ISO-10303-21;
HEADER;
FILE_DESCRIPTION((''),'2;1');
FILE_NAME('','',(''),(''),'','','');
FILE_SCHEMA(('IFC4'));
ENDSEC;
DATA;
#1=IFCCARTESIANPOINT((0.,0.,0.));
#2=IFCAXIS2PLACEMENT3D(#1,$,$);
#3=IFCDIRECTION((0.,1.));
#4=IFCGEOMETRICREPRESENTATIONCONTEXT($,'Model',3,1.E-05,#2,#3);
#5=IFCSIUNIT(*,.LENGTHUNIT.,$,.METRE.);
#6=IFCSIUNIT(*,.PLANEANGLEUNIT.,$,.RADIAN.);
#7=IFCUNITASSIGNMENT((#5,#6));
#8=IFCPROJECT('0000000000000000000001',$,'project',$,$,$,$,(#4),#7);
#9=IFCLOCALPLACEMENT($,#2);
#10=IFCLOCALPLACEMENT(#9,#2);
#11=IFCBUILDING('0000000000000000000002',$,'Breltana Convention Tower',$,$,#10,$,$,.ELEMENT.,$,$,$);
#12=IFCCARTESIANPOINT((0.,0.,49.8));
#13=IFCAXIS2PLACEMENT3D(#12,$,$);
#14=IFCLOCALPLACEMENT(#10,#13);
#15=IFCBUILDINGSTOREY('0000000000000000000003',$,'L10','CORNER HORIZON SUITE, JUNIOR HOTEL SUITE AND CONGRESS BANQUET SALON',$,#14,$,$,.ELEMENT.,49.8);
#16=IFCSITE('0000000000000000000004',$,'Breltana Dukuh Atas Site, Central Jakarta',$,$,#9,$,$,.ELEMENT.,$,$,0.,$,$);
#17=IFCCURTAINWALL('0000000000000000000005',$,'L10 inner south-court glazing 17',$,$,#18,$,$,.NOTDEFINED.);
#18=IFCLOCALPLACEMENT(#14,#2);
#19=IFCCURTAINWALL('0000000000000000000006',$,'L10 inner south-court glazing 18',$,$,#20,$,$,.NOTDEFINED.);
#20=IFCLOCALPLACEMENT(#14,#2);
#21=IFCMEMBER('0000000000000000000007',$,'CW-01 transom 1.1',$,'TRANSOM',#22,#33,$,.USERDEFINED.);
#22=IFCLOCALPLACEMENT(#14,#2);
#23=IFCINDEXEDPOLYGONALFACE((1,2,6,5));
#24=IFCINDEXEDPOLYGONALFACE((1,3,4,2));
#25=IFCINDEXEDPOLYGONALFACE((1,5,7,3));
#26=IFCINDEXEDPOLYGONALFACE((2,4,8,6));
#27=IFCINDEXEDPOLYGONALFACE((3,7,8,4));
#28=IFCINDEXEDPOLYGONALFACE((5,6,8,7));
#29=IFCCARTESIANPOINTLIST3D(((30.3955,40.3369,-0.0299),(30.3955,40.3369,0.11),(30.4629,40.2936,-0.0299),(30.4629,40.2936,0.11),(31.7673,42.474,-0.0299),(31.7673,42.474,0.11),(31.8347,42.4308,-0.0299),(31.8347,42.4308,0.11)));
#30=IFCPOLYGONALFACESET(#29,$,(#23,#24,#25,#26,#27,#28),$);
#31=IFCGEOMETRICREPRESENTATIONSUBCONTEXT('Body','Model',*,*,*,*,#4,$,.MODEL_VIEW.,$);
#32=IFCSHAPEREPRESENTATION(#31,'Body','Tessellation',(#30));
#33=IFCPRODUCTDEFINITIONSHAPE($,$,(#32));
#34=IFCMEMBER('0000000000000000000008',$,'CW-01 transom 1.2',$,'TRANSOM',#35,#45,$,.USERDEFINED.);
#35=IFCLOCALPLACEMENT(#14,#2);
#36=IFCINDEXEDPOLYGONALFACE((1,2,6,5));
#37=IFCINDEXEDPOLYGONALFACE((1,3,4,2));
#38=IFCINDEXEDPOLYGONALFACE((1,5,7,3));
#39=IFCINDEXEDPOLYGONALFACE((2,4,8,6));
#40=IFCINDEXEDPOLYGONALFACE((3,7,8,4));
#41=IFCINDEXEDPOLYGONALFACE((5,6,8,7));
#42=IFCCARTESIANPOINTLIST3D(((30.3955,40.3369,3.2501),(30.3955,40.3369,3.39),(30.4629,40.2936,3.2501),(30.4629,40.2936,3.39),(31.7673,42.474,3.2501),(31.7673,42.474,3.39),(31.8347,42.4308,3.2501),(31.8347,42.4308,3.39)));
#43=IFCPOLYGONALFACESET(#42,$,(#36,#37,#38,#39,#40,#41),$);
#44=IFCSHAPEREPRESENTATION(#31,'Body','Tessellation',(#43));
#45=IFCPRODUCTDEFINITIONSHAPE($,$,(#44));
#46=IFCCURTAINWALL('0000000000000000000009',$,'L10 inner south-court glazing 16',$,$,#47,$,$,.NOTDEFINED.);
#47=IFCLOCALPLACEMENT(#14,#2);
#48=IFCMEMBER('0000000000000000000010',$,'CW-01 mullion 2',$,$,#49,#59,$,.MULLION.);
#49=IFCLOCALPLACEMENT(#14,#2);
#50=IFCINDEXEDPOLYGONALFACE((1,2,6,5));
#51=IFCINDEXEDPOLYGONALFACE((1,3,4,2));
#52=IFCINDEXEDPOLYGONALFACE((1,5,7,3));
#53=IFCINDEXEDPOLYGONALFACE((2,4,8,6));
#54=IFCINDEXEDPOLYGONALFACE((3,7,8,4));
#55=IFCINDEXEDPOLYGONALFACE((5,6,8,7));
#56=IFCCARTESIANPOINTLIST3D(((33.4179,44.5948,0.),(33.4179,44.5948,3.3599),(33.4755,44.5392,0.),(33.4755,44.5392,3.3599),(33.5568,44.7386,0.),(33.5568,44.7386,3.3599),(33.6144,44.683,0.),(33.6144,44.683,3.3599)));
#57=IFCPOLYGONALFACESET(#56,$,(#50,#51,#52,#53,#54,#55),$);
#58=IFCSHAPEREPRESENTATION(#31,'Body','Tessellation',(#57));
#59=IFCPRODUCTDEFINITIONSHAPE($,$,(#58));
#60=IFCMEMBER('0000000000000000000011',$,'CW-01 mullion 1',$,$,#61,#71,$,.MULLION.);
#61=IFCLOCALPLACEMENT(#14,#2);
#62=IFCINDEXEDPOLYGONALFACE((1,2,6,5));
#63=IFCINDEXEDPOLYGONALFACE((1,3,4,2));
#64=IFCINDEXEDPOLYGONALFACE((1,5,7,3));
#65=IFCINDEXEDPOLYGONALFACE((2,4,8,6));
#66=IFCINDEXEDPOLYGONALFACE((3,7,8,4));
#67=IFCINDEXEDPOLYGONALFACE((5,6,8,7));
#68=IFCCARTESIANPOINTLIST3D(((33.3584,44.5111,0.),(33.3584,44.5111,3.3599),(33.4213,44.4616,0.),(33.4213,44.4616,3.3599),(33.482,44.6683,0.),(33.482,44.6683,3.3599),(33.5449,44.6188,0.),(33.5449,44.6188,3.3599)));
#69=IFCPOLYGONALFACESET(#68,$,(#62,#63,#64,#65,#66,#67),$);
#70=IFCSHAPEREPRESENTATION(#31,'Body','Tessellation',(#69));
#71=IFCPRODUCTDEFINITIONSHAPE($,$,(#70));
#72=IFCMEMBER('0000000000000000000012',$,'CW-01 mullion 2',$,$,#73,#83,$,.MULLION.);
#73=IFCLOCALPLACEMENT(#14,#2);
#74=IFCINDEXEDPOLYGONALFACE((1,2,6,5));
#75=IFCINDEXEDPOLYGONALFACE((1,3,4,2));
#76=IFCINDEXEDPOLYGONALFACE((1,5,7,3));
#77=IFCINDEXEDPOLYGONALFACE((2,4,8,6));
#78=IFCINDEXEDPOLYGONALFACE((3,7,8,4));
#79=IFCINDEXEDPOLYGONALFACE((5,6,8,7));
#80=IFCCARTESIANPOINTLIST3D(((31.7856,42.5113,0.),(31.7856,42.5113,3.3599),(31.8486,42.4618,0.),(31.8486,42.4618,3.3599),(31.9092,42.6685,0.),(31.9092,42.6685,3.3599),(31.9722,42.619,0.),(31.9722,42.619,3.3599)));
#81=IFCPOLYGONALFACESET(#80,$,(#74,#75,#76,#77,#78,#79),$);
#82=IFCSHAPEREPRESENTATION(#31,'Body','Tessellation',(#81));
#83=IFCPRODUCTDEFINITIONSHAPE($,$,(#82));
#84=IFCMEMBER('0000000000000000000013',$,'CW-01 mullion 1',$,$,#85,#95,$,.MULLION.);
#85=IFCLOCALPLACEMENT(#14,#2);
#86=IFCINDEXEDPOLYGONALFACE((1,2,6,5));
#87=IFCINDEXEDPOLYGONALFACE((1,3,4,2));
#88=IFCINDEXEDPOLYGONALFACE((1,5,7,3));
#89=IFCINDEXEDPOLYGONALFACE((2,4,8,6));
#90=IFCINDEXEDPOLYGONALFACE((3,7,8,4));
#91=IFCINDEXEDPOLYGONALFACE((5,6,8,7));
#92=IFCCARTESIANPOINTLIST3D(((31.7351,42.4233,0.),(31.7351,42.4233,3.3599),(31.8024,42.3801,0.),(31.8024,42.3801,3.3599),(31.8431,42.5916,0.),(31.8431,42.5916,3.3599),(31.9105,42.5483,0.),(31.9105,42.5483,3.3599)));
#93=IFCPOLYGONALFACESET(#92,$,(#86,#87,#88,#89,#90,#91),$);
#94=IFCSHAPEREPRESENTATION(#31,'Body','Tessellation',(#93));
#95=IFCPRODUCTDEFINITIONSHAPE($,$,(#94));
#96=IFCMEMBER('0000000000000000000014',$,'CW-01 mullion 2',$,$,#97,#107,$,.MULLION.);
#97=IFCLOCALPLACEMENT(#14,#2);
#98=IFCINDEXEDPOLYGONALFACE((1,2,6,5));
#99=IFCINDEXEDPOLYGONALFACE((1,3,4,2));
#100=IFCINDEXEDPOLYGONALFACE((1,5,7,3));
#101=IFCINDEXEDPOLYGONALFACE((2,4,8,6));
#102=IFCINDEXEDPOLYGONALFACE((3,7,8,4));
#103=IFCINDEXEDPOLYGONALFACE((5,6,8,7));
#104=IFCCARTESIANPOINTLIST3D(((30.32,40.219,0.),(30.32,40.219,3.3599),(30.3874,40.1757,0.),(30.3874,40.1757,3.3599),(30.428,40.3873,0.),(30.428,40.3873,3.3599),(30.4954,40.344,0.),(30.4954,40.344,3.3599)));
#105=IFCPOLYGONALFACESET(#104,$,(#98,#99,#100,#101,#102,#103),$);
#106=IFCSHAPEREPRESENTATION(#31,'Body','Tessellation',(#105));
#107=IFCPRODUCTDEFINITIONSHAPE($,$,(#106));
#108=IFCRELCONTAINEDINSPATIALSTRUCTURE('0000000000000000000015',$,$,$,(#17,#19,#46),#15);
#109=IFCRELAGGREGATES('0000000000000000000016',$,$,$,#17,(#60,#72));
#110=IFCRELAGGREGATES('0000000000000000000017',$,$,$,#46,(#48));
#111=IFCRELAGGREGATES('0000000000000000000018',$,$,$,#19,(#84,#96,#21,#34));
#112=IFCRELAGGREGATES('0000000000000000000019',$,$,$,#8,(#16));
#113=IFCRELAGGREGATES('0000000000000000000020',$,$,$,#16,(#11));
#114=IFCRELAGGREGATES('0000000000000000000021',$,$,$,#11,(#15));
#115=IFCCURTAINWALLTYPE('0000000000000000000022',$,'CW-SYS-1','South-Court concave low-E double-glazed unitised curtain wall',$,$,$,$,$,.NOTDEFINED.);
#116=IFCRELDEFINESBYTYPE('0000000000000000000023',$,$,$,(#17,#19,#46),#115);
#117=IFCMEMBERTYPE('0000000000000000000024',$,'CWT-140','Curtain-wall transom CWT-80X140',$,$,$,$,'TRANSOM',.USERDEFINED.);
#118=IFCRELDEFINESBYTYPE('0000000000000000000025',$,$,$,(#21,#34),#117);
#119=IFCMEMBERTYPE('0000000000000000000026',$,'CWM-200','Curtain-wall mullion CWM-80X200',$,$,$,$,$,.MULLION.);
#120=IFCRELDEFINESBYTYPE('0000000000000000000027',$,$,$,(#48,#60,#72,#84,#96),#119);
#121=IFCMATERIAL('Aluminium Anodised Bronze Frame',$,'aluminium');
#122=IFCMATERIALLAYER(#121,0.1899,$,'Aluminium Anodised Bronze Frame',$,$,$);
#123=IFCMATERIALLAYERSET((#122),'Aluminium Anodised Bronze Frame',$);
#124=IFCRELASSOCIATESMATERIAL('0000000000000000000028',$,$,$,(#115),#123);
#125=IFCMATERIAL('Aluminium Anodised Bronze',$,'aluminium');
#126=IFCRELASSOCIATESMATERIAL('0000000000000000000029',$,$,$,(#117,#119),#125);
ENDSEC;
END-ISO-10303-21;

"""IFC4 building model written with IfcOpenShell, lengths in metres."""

from ifc_helpers import new_model, si_unit, direction, frame, origin, origin_2d, place, context, subcontext, project, spatial, rectangle, extrude, source, transform, mapped, material, layer, layer_set, material_profile, profile_set, type_object, element, aggregate, save


model = new_model("IFC4")

# Units and contexts
model_context = context("Model", 3, precision=1e-05, world=origin(), true_north=direction((0.0, 1.0)))
body_context = subcontext(model_context, "Body", "Model", "MODEL_VIEW")
ifc_project = project(units=[si_unit("LENGTHUNIT", "METRE"), si_unit("PLANEANGLEUNIT", "RADIAN")], contexts=[model_context])

# Site, building, storey
site_placement = place(None, origin())
site = spatial("IfcSite", under=ifc_project, at=site_placement, Name="Breltana Dukuh Atas Site, Central Jakarta", CompositionType="ELEMENT", RefElevation=0.0)
building_placement = place(site_placement, origin())
building = spatial("IfcBuilding", under=site, at=building_placement, Name="Breltana Convention Tower", CompositionType="ELEMENT")
storey_placement = place(building_placement, frame((0.0, 0.0, 49.8)))
storey = spatial("IfcBuildingStorey", under=building, at=storey_placement, Name="L10", Description="CORNER HORIZON SUITE, JUNIOR HOTEL SUITE AND CONGRESS BANQUET SALON", CompositionType="ELEMENT", Elevation=49.8)

# Curtain walls, members
ifc_material_1 = material(Name="Aluminium Anodised Bronze Frame", Category="aluminium")
ifc_layer_1 = layer(ifc_material_1, 0.1899, Name="Aluminium Anodised Bronze Frame")
ifc_layer_set_1 = layer_set([ifc_layer_1], Name="Aluminium Anodised Bronze Frame")
curtain_wall_type = type_object("IfcCurtainWallType", Name="CW-SYS-1", Description="South-Court concave low-E double-glazed unitised curtain wall", PredefinedType="NOTDEFINED", material=ifc_layer_set_1)
curtain_wall_1_placement = place(storey_placement, origin())
curtain_wall_1 = element("IfcCurtainWall", 1, at=curtain_wall_1_placement, inside=storey, type_object=curtain_wall_type, Name="L10 inner south-court glazing 17", PredefinedType="NOTDEFINED")
ifc_material_2 = material(Name="Aluminium Anodised Bronze", Category="aluminium")
ifc_material_profile_1 = material_profile(ifc_material_2, rectangle(XDim=0.0801, YDim=0.1399, at=origin_2d()), Name="CWT-80X140")
ifc_profile_set_1 = profile_set([ifc_material_profile_1], Name="Aluminium Anodised Bronze")
member_type_1 = type_object("IfcMemberType", Name="CWT-140", Description="Curtain-wall transom CWT-80X140", ElementType="TRANSOM", PredefinedType="USERDEFINED", material=ifc_profile_set_1)
curtain_wall_2_placement = place(storey_placement, origin())
curtain_wall_2 = element("IfcCurtainWall", 2, at=curtain_wall_2_placement, inside=storey, type_object=curtain_wall_type, Name="L10 inner south-court glazing 18", PredefinedType="NOTDEFINED")
shared_shape_1 = source(origin(), body_context, "Body", "SweptSolid", [
    extrude(rectangle(XDim=0.0801, YDim=0.1399, at=origin_2d()), origin(), (0.0, 0.0, 1.0), 2.5396),
])
member_1_placement = place(storey_placement, frame((31.801, 42.4524, 0.04), z_axis=(-0.540174, -0.841553, 0.0), x_axis=(0.841553, -0.540174, 0.0)))
member_1 = element("IfcMember", 3, at=member_1_placement, type_object=member_type_1, Name="CW-01 transom 1.1", ObjectType="TRANSOM", PredefinedType="USERDEFINED", context=body_context, shape_type="MappedRepresentation", body=[
    mapped(shared_shape_1, transform((0.0, 0.0, 0.0), scale=1.0)),
])
member_2_placement = place(storey_placement, frame((31.801, 42.4524, 3.3201), z_axis=(-0.540174, -0.841553, 0.0), x_axis=(0.841553, -0.540174, 0.0)))
member_2 = element("IfcMember", 4, at=member_2_placement, type_object=member_type_1, Name="CW-01 transom 1.2", ObjectType="TRANSOM", PredefinedType="USERDEFINED", context=body_context, shape_type="MappedRepresentation", body=[
    mapped(shared_shape_1, transform((0.0, 0.0, 0.0), scale=1.0)),
])

# Curtain wall, member
curtain_wall_3_placement = place(storey_placement, origin())
curtain_wall_3 = element("IfcCurtainWall", 5, at=curtain_wall_3_placement, inside=storey, type_object=curtain_wall_type, Name="L10 inner south-court glazing 16", PredefinedType="NOTDEFINED")
ifc_material_profile_2 = material_profile(ifc_material_2, rectangle(XDim=0.0801, YDim=0.2, at=origin_2d()), Name="CWM-80X200")
ifc_profile_set_2 = profile_set([ifc_material_profile_2], Name="Aluminium Anodised Bronze")
member_type_2 = type_object("IfcMemberType", Name="CWM-200", Description="Curtain-wall mullion CWM-80X200", PredefinedType="MULLION", material=ifc_profile_set_2)
shared_shape_2 = source(origin(), body_context, "Body", "SweptSolid", [
    extrude(rectangle(XDim=0.0801, YDim=0.2, at=origin_2d()), origin(), (0.0, 0.0, 1.0), 3.3599),
])
member_3_placement = place(storey_placement, frame((33.5161, 44.6389, 0.0), z_axis=(0.0, 0.0, 1.0), x_axis=(0.719385, -0.694612, 0.0)))
member_3 = element("IfcMember", 6, at=member_3_placement, type_object=member_type_2, Name="CW-01 mullion 2", PredefinedType="MULLION", context=body_context, shape_type="MappedRepresentation", body=[
    mapped(shared_shape_2, transform((0.0, 0.0, 0.0), scale=1.0)),
])

# Members
member_4_placement = place(storey_placement, frame((33.4517, 44.5649, 0.0), z_axis=(0.0, 0.0, 1.0), x_axis=(0.786058, -0.618153, 0.0)))
member_4 = element("IfcMember", 7, at=member_4_placement, type_object=member_type_2, Name="CW-01 mullion 1", PredefinedType="MULLION", context=body_context, shape_type="MappedRepresentation", body=[
    mapped(shared_shape_2, transform((0.0, 0.0, 0.0), scale=1.0)),
])
member_5_placement = place(storey_placement, frame((31.8789, 42.5652, 0.0), z_axis=(0.0, 0.0, 1.0), x_axis=(0.786058, -0.618153, 0.0)))
member_5 = element("IfcMember", 8, at=member_5_placement, type_object=member_type_2, Name="CW-01 mullion 2", PredefinedType="MULLION", context=body_context, shape_type="MappedRepresentation", body=[
    mapped(shared_shape_2, transform((0.0, 0.0, 0.0), scale=1.0)),
])
member_6_placement = place(storey_placement, frame((31.8228, 42.4858, 0.0), z_axis=(0.0, 0.0, 1.0), x_axis=(0.841556, -0.54017, 0.0)))
member_6 = element("IfcMember", 9, at=member_6_placement, type_object=member_type_2, Name="CW-01 mullion 1", PredefinedType="MULLION", context=body_context, shape_type="MappedRepresentation", body=[
    mapped(shared_shape_2, transform((0.0, 0.0, 0.0), scale=1.0)),
])
member_7_placement = place(storey_placement, frame((30.4077, 40.2815, 0.0), z_axis=(0.0, 0.0, 1.0), x_axis=(0.841556, -0.54017, 0.0)))
member_7 = element("IfcMember", 10, at=member_7_placement, type_object=member_type_2, Name="CW-01 mullion 2", PredefinedType="MULLION", context=body_context, shape_type="MappedRepresentation", body=[
    mapped(shared_shape_2, transform((0.0, 0.0, 0.0), scale=1.0)),
])

aggregate(curtain_wall_1, [member_4, member_5])
aggregate(curtain_wall_3, [member_3])
aggregate(curtain_wall_2, [member_6, member_7, member_1, member_2])

save(model, "model.ifc")
